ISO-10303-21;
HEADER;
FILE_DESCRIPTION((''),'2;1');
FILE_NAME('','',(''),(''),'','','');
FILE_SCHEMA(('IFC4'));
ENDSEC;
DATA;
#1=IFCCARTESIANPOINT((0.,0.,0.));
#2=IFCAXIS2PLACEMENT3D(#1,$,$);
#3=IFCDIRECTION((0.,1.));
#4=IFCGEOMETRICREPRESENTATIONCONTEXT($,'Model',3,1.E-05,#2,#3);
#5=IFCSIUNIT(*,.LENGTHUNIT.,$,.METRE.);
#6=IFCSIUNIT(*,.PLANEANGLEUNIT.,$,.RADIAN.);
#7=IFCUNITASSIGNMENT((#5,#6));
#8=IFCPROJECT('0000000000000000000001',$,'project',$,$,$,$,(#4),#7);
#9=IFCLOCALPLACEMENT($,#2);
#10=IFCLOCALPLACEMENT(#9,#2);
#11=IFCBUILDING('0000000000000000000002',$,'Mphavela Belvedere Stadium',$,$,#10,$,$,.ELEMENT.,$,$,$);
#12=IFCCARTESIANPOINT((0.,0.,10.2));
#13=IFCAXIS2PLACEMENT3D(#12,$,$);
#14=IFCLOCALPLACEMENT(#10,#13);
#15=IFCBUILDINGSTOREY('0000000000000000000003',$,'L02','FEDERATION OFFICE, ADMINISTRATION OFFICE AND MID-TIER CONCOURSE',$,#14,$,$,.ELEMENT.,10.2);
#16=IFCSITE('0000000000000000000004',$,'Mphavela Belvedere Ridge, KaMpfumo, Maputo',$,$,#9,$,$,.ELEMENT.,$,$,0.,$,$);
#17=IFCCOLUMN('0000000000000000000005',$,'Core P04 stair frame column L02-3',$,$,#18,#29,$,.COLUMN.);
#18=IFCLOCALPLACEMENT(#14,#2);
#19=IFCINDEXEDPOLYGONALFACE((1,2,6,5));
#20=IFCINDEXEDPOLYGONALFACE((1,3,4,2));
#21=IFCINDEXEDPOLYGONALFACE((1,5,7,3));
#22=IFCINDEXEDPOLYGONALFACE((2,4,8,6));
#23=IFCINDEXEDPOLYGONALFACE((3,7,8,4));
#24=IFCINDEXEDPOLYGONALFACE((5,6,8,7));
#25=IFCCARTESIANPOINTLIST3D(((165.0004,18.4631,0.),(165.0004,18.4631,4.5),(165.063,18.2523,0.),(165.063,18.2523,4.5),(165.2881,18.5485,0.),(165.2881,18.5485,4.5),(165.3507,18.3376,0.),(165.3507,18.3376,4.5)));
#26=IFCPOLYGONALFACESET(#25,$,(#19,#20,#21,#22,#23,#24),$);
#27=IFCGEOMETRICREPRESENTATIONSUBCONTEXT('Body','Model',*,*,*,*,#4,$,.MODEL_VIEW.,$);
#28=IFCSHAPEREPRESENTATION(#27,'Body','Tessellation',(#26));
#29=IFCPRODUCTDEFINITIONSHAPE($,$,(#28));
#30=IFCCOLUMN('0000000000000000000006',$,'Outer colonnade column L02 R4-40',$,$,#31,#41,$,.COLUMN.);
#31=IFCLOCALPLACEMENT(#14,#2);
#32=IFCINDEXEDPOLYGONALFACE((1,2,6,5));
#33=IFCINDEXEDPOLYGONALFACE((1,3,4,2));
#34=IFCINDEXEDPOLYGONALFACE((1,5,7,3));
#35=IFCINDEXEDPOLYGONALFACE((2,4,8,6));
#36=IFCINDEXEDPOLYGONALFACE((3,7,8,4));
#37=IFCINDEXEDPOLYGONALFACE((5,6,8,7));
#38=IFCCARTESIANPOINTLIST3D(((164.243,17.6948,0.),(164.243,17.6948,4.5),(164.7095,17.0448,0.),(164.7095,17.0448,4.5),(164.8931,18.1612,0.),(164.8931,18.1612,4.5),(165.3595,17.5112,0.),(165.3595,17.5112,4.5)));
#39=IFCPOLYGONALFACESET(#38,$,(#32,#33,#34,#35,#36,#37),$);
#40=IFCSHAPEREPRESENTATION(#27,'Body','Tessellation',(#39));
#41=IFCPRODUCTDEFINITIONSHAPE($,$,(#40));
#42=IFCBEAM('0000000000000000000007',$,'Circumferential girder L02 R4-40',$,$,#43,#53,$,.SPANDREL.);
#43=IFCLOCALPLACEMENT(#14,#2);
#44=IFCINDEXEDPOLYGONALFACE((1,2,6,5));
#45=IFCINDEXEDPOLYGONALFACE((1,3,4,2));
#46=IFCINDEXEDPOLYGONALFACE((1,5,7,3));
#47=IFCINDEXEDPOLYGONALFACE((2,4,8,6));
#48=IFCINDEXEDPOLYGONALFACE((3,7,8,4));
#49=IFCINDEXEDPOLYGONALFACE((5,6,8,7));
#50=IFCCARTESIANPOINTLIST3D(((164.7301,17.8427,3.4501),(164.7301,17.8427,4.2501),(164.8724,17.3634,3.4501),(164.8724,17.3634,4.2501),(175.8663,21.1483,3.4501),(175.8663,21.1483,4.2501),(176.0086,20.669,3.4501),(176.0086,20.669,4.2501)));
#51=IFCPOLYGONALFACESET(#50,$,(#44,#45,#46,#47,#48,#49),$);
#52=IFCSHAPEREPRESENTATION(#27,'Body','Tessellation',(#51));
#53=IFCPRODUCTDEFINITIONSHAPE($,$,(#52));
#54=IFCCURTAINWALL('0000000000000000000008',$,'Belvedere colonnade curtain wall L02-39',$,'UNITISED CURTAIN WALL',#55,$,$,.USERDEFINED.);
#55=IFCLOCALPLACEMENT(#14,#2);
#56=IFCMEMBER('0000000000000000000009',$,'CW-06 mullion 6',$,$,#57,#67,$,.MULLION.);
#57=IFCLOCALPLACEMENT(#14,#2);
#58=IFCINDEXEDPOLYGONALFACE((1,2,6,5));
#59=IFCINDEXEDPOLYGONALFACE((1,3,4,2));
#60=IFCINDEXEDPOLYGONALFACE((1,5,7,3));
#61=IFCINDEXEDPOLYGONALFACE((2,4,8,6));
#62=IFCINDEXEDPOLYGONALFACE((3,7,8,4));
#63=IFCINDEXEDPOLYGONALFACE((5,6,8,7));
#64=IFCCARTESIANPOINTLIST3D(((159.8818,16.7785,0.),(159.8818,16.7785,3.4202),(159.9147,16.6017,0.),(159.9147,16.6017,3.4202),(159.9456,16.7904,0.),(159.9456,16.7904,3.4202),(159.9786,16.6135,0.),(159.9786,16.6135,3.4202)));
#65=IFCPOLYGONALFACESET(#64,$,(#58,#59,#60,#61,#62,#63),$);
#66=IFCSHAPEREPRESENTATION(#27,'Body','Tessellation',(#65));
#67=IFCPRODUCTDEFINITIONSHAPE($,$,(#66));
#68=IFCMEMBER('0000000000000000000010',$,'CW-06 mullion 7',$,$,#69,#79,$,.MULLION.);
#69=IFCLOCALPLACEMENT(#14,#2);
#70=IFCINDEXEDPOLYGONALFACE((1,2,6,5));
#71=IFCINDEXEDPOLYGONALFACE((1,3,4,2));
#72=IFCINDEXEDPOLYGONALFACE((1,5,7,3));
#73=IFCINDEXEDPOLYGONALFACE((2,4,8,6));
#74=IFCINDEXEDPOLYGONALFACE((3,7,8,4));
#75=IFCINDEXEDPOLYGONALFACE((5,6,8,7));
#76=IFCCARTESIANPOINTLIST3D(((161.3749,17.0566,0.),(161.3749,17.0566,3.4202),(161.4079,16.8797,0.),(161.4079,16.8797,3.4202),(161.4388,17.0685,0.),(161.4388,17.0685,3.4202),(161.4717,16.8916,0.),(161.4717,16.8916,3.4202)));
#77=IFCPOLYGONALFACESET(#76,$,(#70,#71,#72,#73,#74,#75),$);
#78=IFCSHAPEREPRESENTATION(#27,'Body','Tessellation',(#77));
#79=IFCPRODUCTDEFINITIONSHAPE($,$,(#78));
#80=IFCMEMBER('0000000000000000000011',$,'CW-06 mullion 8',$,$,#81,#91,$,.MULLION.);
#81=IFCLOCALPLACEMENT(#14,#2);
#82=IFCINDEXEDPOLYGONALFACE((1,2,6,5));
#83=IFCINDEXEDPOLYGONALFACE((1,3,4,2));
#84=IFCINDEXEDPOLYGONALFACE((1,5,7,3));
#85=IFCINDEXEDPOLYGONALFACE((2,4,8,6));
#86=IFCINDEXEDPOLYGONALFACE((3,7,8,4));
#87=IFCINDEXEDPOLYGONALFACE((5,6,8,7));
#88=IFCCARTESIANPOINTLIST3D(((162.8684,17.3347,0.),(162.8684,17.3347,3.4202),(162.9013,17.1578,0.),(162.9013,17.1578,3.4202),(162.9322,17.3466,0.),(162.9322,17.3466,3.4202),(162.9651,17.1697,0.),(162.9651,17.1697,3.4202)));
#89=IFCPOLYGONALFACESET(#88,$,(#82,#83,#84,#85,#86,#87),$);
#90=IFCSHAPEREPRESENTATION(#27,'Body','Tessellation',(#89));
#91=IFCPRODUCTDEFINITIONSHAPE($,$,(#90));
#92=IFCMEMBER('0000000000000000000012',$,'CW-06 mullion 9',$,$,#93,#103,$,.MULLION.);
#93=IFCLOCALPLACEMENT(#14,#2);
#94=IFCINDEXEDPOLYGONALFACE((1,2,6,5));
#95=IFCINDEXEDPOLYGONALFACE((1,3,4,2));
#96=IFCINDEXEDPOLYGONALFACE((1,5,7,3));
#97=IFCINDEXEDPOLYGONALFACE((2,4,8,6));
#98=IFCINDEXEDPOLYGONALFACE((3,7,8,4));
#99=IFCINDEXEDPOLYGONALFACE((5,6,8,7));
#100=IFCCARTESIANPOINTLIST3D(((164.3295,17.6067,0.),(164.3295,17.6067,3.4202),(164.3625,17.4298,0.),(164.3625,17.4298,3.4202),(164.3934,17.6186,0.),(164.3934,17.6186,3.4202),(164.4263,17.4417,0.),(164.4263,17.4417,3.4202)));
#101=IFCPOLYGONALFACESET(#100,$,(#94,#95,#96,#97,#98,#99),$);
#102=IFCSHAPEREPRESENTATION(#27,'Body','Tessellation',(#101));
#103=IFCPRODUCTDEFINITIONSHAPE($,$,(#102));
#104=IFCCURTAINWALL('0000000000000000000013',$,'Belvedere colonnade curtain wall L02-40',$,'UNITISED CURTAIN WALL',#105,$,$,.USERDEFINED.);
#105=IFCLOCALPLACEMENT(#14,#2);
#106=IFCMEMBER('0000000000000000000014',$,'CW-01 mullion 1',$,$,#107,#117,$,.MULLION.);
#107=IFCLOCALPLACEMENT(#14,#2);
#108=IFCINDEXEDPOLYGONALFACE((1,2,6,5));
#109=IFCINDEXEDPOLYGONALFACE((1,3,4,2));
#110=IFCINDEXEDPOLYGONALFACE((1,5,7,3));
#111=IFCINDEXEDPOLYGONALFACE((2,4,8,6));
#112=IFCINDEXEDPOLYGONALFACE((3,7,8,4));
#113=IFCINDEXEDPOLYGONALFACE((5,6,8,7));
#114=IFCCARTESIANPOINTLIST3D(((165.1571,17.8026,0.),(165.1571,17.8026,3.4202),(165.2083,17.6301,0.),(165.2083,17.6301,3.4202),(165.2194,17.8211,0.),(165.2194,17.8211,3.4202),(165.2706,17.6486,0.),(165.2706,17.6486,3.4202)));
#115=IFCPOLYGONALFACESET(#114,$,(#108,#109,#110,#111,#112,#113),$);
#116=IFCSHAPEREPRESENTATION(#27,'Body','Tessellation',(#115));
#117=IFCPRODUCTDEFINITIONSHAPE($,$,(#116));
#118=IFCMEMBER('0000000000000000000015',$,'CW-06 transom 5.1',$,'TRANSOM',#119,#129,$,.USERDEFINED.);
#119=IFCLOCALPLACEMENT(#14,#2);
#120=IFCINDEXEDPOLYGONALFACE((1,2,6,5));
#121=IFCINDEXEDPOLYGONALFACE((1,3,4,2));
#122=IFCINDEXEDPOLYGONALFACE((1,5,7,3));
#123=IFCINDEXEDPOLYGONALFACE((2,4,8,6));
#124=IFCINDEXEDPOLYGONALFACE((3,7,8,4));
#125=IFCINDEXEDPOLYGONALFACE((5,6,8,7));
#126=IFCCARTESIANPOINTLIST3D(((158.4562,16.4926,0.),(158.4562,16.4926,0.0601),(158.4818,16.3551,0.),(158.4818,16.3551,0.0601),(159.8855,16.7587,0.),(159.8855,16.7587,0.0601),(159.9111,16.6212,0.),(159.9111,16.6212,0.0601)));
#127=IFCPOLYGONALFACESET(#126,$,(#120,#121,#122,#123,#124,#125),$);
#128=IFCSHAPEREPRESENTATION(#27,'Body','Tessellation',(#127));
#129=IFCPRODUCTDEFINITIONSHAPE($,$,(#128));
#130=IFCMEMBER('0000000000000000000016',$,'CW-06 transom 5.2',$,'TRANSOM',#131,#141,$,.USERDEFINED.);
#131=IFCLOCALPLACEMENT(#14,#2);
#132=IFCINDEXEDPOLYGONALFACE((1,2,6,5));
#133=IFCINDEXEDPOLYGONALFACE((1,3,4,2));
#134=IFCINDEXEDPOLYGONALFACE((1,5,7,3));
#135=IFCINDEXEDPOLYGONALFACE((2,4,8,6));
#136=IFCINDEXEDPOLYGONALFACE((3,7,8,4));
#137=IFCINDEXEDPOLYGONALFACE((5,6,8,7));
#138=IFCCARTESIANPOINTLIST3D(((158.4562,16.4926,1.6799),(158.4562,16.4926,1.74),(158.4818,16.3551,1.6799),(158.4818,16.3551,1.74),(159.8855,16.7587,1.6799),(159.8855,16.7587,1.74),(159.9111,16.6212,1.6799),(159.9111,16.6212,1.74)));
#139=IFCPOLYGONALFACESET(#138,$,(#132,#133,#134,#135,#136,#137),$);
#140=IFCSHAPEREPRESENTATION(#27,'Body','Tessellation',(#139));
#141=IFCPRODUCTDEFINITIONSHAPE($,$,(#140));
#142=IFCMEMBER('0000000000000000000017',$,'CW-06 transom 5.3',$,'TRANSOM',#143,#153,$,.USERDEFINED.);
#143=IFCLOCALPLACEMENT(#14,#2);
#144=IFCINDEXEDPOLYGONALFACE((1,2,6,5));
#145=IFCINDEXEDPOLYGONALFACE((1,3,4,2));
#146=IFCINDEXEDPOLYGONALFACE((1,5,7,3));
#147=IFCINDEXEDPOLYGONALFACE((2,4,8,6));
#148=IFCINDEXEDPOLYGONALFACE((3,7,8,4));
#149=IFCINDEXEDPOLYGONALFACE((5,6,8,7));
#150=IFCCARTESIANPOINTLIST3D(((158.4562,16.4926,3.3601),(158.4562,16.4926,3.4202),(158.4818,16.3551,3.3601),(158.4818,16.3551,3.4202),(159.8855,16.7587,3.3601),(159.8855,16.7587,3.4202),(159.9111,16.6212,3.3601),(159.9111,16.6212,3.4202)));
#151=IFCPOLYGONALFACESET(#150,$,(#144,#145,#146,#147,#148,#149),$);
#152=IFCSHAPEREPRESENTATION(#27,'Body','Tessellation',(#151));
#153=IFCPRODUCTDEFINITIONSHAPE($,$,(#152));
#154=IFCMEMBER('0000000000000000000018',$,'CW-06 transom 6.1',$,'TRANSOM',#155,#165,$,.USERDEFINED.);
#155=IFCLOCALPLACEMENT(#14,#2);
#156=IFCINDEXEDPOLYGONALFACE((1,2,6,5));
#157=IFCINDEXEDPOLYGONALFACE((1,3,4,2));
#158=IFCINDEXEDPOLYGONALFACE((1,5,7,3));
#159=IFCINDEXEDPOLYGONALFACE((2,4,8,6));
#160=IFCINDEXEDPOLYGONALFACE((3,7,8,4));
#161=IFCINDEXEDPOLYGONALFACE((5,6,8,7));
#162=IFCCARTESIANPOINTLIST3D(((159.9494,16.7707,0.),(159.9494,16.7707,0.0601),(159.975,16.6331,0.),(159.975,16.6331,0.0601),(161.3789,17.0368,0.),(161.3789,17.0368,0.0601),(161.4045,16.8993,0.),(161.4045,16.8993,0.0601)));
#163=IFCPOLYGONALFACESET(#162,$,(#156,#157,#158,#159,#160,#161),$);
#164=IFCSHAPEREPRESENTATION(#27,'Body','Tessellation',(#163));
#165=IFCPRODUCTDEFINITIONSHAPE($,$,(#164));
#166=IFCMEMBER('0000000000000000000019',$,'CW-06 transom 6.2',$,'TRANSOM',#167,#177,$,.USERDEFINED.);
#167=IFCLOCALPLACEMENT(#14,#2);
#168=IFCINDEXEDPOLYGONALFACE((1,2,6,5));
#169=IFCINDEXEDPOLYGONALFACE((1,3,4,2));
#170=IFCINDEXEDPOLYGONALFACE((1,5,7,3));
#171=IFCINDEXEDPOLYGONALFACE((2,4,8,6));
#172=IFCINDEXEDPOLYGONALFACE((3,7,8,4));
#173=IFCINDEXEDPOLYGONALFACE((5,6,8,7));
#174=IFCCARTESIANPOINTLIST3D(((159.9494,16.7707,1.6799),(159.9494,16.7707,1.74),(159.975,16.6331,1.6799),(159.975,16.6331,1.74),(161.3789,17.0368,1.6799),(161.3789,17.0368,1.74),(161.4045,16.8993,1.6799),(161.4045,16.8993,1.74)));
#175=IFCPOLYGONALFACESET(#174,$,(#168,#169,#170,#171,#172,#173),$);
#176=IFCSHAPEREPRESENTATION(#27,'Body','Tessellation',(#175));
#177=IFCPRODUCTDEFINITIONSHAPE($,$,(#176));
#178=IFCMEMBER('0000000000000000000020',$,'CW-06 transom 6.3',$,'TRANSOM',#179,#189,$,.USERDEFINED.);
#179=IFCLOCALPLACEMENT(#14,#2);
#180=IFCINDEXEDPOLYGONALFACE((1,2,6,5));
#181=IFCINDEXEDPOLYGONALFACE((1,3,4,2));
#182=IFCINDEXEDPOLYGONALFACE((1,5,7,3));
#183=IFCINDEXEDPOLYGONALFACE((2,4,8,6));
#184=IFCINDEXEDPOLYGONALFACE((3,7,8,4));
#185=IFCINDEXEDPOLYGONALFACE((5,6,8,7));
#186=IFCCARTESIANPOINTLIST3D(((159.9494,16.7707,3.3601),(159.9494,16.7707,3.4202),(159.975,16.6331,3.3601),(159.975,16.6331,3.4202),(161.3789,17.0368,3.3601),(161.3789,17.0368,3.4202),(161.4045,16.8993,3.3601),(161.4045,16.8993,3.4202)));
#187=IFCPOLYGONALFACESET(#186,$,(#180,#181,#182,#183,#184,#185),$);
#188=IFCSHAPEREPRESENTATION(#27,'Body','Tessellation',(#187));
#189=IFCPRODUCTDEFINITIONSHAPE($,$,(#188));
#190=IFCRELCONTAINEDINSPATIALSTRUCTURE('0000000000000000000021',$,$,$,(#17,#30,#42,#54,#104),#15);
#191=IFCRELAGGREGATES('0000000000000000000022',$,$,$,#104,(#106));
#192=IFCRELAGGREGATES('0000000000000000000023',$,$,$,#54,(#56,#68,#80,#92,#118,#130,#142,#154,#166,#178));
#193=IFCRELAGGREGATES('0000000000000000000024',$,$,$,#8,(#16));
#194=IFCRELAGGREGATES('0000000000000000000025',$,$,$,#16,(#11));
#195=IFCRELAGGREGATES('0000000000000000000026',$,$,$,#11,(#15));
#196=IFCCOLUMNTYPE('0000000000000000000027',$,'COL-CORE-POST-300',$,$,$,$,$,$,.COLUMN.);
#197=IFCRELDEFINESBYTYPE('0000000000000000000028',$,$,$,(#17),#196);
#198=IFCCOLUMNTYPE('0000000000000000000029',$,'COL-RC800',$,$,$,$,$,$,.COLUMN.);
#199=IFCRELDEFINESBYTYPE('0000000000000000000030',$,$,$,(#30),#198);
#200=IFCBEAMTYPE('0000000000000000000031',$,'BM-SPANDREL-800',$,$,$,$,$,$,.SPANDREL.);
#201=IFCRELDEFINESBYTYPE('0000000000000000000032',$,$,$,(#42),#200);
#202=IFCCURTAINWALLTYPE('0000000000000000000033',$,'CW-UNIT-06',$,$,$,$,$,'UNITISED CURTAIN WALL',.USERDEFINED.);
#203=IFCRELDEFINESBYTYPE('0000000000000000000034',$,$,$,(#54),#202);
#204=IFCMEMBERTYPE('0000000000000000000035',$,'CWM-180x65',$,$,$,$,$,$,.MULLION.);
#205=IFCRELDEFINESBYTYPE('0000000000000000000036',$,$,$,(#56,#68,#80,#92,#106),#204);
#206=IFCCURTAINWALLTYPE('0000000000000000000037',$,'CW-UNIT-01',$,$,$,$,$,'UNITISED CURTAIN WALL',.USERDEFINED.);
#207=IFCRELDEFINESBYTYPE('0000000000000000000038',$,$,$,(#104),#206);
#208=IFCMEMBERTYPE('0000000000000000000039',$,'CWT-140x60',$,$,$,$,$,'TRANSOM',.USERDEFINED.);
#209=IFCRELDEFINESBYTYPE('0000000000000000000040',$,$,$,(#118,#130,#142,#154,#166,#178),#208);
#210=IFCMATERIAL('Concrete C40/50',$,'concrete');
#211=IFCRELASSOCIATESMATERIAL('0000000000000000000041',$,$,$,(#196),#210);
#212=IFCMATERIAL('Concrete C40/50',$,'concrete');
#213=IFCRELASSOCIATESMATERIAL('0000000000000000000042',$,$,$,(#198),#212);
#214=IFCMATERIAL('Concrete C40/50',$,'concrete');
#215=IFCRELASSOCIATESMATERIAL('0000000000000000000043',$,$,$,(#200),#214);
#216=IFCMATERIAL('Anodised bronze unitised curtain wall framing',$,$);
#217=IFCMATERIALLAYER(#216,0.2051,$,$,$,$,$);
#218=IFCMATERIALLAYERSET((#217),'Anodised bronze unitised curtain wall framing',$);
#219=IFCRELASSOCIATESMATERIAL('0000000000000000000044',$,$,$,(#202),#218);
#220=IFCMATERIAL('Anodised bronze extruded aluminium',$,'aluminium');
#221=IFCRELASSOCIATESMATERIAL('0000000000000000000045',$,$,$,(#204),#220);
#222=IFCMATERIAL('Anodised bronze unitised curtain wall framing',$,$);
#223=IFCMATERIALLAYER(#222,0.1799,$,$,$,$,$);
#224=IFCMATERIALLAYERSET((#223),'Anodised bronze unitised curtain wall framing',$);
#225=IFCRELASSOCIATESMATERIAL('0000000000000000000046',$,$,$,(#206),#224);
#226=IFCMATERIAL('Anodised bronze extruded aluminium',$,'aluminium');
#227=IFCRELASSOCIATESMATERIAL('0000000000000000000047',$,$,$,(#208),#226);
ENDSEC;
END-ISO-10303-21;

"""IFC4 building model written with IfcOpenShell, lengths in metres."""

from ifc_helpers import new_model, si_unit, direction, frame, origin, origin_2d, place, context, subcontext, project, spatial, rectangle, extrude, material, layer, layer_set, material_profile, profile_set, type_object, element, aggregate, save


model = new_model("IFC4")

# Units and contexts
model_context = context("Model", 3, precision=1e-05, world=origin(), true_north=direction((0.0, 1.0)))
body_context = subcontext(model_context, "Body", "Model", "MODEL_VIEW")
ifc_project = project(units=[si_unit("LENGTHUNIT", "METRE"), si_unit("PLANEANGLEUNIT", "RADIAN")], contexts=[model_context])

# Site, building, storey
site_placement = place(None, origin())
site = spatial("IfcSite", under=ifc_project, at=site_placement, Name="Mphavela Belvedere Ridge, KaMpfumo, Maputo", CompositionType="ELEMENT", RefElevation=0.0)
building_placement = place(site_placement, origin())
building = spatial("IfcBuilding", under=site, at=building_placement, Name="Mphavela Belvedere Stadium", CompositionType="ELEMENT")
storey_placement = place(building_placement, frame((0.0, 0.0, 10.2)))
storey = spatial("IfcBuildingStorey", under=building, at=storey_placement, Name="L02", Description="FEDERATION OFFICE, ADMINISTRATION OFFICE AND MID-TIER CONCOURSE", CompositionType="ELEMENT", Elevation=10.2)

# Columns
ifc_material_1 = material(Name="Concrete C40/50", Category="concrete")
ifc_material_profile_1 = material_profile(ifc_material_1, rectangle(XDim=0.3, YDim=0.22, at=origin_2d()), Name="RC 300x220")
ifc_profile_set_1 = profile_set([ifc_material_profile_1], Name="Concrete C40/50")
column_type_1 = type_object("IfcColumnType", Name="COL-CORE-POST-300", PredefinedType="COLUMN", material=ifc_profile_set_1)
column_1_placement = place(storey_placement, frame((165.1755, 18.4004, 0.0), z_axis=(0.0, 0.0, 1.0), x_axis=(-0.958671, -0.284517, 0.0)))
element("IfcColumn", 1, at=column_1_placement, inside=storey, type_object=column_type_1, Name="Core P04 stair frame column L02-3", PredefinedType="COLUMN", context=body_context, shape_type="SweptSolid", body=[
    extrude(rectangle(XDim=0.3, YDim=0.22, at=origin_2d()), origin(), (0.0, 0.0, 1.0), 4.5),
])
ifc_material_2 = material(Name="Concrete C40/50", Category="concrete")
ifc_material_profile_2 = material_profile(ifc_material_2, rectangle(XDim=0.8, YDim=0.8, at=origin_2d()), Name="RC 800x800")
ifc_profile_set_2 = profile_set([ifc_material_profile_2], Name="Concrete C40/50")
column_type_2 = type_object("IfcColumnType", Name="COL-RC800", PredefinedType="COLUMN", material=ifc_profile_set_2)
column_2_placement = place(storey_placement, frame((164.8013, 17.603, 0.0), z_axis=(0.0, 0.0, 1.0), x_axis=(0.582974, -0.812491, 0.0)))
element("IfcColumn", 2, at=column_2_placement, inside=storey, type_object=column_type_2, Name="Outer colonnade column L02 R4-40", PredefinedType="COLUMN", context=body_context, shape_type="SweptSolid", body=[
    extrude(rectangle(XDim=0.8, YDim=0.8, at=origin_2d()), origin(), (0.0, 0.0, 1.0), 4.5),
])

# Beam
ifc_material_3 = material(Name="Concrete C40/50", Category="concrete")
ifc_material_profile_3 = material_profile(ifc_material_3, rectangle(XDim=0.5, YDim=0.8, at=origin_2d()), Name="RC 500x800")
ifc_profile_set_3 = profile_set([ifc_material_profile_3], Name="Concrete C40/50")
beam_type = type_object("IfcBeamType", Name="BM-SPANDREL-800", PredefinedType="SPANDREL", material=ifc_profile_set_3)
beam_placement = place(storey_placement, frame((164.8013, 17.603, 3.8501), z_axis=(0.958656, 0.284566, 0.0), x_axis=(-0.284566, 0.958656, 0.0)))
element("IfcBeam", 3, at=beam_placement, inside=storey, type_object=beam_type, Name="Circumferential girder L02 R4-40", PredefinedType="SPANDREL", context=body_context, shape_type="SweptSolid", body=[
    extrude(rectangle(XDim=0.5, YDim=0.8, at=origin_2d()), origin(), (0.0, 0.0, 1.0), 11.6165),
])

# Curtain wall, members
ifc_material_4 = material(Name="Anodised bronze unitised curtain wall framing")
ifc_layer_1 = layer(ifc_material_4, 0.2051)
ifc_layer_set_1 = layer_set([ifc_layer_1], Name="Anodised bronze unitised curtain wall framing")
curtain_wall_type_1 = type_object("IfcCurtainWallType", Name="CW-UNIT-06", ElementType="UNITISED CURTAIN WALL", PredefinedType="USERDEFINED", material=ifc_layer_set_1)
curtain_wall_1_placement = place(storey_placement, origin())
curtain_wall_1 = element("IfcCurtainWall", 4, at=curtain_wall_1_placement, inside=storey, type_object=curtain_wall_type_1, Name="Belvedere colonnade curtain wall L02-39", ObjectType="UNITISED CURTAIN WALL", PredefinedType="USERDEFINED")
ifc_material_5 = material(Name="Anodised bronze extruded aluminium", Category="aluminium")
ifc_material_profile_4 = material_profile(ifc_material_5, rectangle(XDim=0.1799, YDim=0.0649, at=origin_2d()), Name="CW-MUL 180x65")
ifc_profile_set_4 = profile_set([ifc_material_profile_4], Name="Anodised bronze extruded aluminium")
member_type_1 = type_object("IfcMemberType", Name="CWM-180x65", PredefinedType="MULLION", material=ifc_profile_set_4)
member_1_placement = place(storey_placement, frame((159.9302, 16.696, 0.0), z_axis=(0.0, 0.0, 1.0), x_axis=(-0.183085, 0.983097, 0.0)))
member_1 = element("IfcMember", 5, at=member_1_placement, type_object=member_type_1, Name="CW-06 mullion 6", PredefinedType="MULLION", context=body_context, shape_type="SweptSolid", body=[
    extrude(rectangle(XDim=0.1799, YDim=0.0649, at=origin_2d()), origin(), (0.0, 0.0, 1.0), 3.4202),
])
member_2_placement = place(storey_placement, frame((161.4233, 16.9741, 0.0), z_axis=(0.0, 0.0, 1.0), x_axis=(-0.183085, 0.983097, 0.0)))
member_2 = element("IfcMember", 6, at=member_2_placement, type_object=member_type_1, Name="CW-06 mullion 7", PredefinedType="MULLION", context=body_context, shape_type="SweptSolid", body=[
    extrude(rectangle(XDim=0.1799, YDim=0.0649, at=origin_2d()), origin(), (0.0, 0.0, 1.0), 3.4202),
])
member_3_placement = place(storey_placement, frame((162.9167, 17.2522, 0.0), z_axis=(0.0, 0.0, 1.0), x_axis=(-0.183085, 0.983097, 0.0)))
member_3 = element("IfcMember", 7, at=member_3_placement, type_object=member_type_1, Name="CW-06 mullion 8", PredefinedType="MULLION", context=body_context, shape_type="SweptSolid", body=[
    extrude(rectangle(XDim=0.1799, YDim=0.0649, at=origin_2d()), origin(), (0.0, 0.0, 1.0), 3.4202),
])
member_4_placement = place(storey_placement, frame((164.3779, 17.5242, 0.0), z_axis=(0.0, 0.0, 1.0), x_axis=(-0.183085, 0.983097, 0.0)))
member_4 = element("IfcMember", 8, at=member_4_placement, type_object=member_type_1, Name="CW-06 mullion 9", PredefinedType="MULLION", context=body_context, shape_type="SweptSolid", body=[
    extrude(rectangle(XDim=0.1799, YDim=0.0649, at=origin_2d()), origin(), (0.0, 0.0, 1.0), 3.4202),
])

# Curtain wall, member
ifc_material_6 = material(Name="Anodised bronze unitised curtain wall framing")
ifc_layer_2 = layer(ifc_material_6, 0.1799)
ifc_layer_set_2 = layer_set([ifc_layer_2], Name="Anodised bronze unitised curtain wall framing")
curtain_wall_type_2 = type_object("IfcCurtainWallType", Name="CW-UNIT-01", ElementType="UNITISED CURTAIN WALL", PredefinedType="USERDEFINED", material=ifc_layer_set_2)
curtain_wall_2_placement = place(storey_placement, origin())
curtain_wall_2 = element("IfcCurtainWall", 9, at=curtain_wall_2_placement, inside=storey, type_object=curtain_wall_type_2, Name="Belvedere colonnade curtain wall L02-40", ObjectType="UNITISED CURTAIN WALL", PredefinedType="USERDEFINED")
member_5_placement = place(storey_placement, frame((165.2139, 17.7256, 0.0), z_axis=(0.0, 0.0, 1.0), x_axis=(-0.284547, 0.958662, 0.0)))
member_5 = element("IfcMember", 10, at=member_5_placement, type_object=member_type_1, Name="CW-01 mullion 1", PredefinedType="MULLION", context=body_context, shape_type="SweptSolid", body=[
    extrude(rectangle(XDim=0.1799, YDim=0.0649, at=origin_2d()), origin(), (0.0, 0.0, 1.0), 3.4202),
])

# Members
ifc_material_7 = material(Name="Anodised bronze extruded aluminium", Category="aluminium")
ifc_material_profile_5 = material_profile(ifc_material_7, rectangle(XDim=0.1399, YDim=0.0601, at=origin_2d()), Name="CW-TRN 140x60")
ifc_profile_set_5 = profile_set([ifc_material_profile_5], Name="Anodised bronze extruded aluminium")
member_type_2 = type_object("IfcMemberType", Name="CWT-140x60", ElementType="TRANSOM", PredefinedType="USERDEFINED", material=ifc_profile_set_5)
member_6_placement = place(storey_placement, frame((158.469, 16.4238, 0.03), z_axis=(0.983103, 0.183051, 0.0), x_axis=(-0.183051, 0.983103, 0.0)))
member_6 = element("IfcMember", 11, at=member_6_placement, type_object=member_type_2, Name="CW-06 transom 5.1", ObjectType="TRANSOM", PredefinedType="USERDEFINED", context=body_context, shape_type="SweptSolid", body=[
    extrude(rectangle(XDim=0.1399, YDim=0.0601, at=origin_2d()), origin(), (0.0, 0.0, 1.0), 1.4539),
])
member_7_placement = place(storey_placement, frame((158.469, 16.4238, 1.71), z_axis=(0.983103, 0.183051, 0.0), x_axis=(-0.183051, 0.983103, 0.0)))
member_7 = element("IfcMember", 12, at=member_7_placement, type_object=member_type_2, Name="CW-06 transom 5.2", ObjectType="TRANSOM", PredefinedType="USERDEFINED", context=body_context, shape_type="SweptSolid", body=[
    extrude(rectangle(XDim=0.1399, YDim=0.0601, at=origin_2d()), origin(), (0.0, 0.0, 1.0), 1.4539),
])
member_8_placement = place(storey_placement, frame((158.469, 16.4238, 3.3901), z_axis=(0.983103, 0.183051, 0.0), x_axis=(-0.183051, 0.983103, 0.0)))
member_8 = element("IfcMember", 13, at=member_8_placement, type_object=member_type_2, Name="CW-06 transom 5.3", ObjectType="TRANSOM", PredefinedType="USERDEFINED", context=body_context, shape_type="SweptSolid", body=[
    extrude(rectangle(XDim=0.1399, YDim=0.0601, at=origin_2d()), origin(), (0.0, 0.0, 1.0), 1.4539),
])
member_9_placement = place(storey_placement, frame((159.9622, 16.7019, 0.03), z_axis=(0.983109, 0.183021, 0.0), x_axis=(-0.183021, 0.983109, 0.0)))
member_9 = element("IfcMember", 14, at=member_9_placement, type_object=member_type_2, Name="CW-06 transom 6.1", ObjectType="TRANSOM", PredefinedType="USERDEFINED", context=body_context, shape_type="SweptSolid", body=[
    extrude(rectangle(XDim=0.1399, YDim=0.0601, at=origin_2d()), origin(), (0.0, 0.0, 1.0), 1.4541),
])
member_10_placement = place(storey_placement, frame((159.9622, 16.7019, 1.71), z_axis=(0.983109, 0.183021, 0.0), x_axis=(-0.183021, 0.983109, 0.0)))
member_10 = element("IfcMember", 15, at=member_10_placement, type_object=member_type_2, Name="CW-06 transom 6.2", ObjectType="TRANSOM", PredefinedType="USERDEFINED", context=body_context, shape_type="SweptSolid", body=[
    extrude(rectangle(XDim=0.1399, YDim=0.0601, at=origin_2d()), origin(), (0.0, 0.0, 1.0), 1.4541),
])
member_11_placement = place(storey_placement, frame((159.9622, 16.7019, 3.3901), z_axis=(0.983109, 0.183021, 0.0), x_axis=(-0.183021, 0.983109, 0.0)))
member_11 = element("IfcMember", 16, at=member_11_placement, type_object=member_type_2, Name="CW-06 transom 6.3", ObjectType="TRANSOM", PredefinedType="USERDEFINED", context=body_context, shape_type="SweptSolid", body=[
    extrude(rectangle(XDim=0.1399, YDim=0.0601, at=origin_2d()), origin(), (0.0, 0.0, 1.0), 1.4541),
])
aggregate(curtain_wall_2, [member_5])

aggregate(curtain_wall_1, [member_1, member_2, member_3, member_4, member_6, member_7, member_8, member_9, member_10, member_11])

save(model, "model.ifc")
